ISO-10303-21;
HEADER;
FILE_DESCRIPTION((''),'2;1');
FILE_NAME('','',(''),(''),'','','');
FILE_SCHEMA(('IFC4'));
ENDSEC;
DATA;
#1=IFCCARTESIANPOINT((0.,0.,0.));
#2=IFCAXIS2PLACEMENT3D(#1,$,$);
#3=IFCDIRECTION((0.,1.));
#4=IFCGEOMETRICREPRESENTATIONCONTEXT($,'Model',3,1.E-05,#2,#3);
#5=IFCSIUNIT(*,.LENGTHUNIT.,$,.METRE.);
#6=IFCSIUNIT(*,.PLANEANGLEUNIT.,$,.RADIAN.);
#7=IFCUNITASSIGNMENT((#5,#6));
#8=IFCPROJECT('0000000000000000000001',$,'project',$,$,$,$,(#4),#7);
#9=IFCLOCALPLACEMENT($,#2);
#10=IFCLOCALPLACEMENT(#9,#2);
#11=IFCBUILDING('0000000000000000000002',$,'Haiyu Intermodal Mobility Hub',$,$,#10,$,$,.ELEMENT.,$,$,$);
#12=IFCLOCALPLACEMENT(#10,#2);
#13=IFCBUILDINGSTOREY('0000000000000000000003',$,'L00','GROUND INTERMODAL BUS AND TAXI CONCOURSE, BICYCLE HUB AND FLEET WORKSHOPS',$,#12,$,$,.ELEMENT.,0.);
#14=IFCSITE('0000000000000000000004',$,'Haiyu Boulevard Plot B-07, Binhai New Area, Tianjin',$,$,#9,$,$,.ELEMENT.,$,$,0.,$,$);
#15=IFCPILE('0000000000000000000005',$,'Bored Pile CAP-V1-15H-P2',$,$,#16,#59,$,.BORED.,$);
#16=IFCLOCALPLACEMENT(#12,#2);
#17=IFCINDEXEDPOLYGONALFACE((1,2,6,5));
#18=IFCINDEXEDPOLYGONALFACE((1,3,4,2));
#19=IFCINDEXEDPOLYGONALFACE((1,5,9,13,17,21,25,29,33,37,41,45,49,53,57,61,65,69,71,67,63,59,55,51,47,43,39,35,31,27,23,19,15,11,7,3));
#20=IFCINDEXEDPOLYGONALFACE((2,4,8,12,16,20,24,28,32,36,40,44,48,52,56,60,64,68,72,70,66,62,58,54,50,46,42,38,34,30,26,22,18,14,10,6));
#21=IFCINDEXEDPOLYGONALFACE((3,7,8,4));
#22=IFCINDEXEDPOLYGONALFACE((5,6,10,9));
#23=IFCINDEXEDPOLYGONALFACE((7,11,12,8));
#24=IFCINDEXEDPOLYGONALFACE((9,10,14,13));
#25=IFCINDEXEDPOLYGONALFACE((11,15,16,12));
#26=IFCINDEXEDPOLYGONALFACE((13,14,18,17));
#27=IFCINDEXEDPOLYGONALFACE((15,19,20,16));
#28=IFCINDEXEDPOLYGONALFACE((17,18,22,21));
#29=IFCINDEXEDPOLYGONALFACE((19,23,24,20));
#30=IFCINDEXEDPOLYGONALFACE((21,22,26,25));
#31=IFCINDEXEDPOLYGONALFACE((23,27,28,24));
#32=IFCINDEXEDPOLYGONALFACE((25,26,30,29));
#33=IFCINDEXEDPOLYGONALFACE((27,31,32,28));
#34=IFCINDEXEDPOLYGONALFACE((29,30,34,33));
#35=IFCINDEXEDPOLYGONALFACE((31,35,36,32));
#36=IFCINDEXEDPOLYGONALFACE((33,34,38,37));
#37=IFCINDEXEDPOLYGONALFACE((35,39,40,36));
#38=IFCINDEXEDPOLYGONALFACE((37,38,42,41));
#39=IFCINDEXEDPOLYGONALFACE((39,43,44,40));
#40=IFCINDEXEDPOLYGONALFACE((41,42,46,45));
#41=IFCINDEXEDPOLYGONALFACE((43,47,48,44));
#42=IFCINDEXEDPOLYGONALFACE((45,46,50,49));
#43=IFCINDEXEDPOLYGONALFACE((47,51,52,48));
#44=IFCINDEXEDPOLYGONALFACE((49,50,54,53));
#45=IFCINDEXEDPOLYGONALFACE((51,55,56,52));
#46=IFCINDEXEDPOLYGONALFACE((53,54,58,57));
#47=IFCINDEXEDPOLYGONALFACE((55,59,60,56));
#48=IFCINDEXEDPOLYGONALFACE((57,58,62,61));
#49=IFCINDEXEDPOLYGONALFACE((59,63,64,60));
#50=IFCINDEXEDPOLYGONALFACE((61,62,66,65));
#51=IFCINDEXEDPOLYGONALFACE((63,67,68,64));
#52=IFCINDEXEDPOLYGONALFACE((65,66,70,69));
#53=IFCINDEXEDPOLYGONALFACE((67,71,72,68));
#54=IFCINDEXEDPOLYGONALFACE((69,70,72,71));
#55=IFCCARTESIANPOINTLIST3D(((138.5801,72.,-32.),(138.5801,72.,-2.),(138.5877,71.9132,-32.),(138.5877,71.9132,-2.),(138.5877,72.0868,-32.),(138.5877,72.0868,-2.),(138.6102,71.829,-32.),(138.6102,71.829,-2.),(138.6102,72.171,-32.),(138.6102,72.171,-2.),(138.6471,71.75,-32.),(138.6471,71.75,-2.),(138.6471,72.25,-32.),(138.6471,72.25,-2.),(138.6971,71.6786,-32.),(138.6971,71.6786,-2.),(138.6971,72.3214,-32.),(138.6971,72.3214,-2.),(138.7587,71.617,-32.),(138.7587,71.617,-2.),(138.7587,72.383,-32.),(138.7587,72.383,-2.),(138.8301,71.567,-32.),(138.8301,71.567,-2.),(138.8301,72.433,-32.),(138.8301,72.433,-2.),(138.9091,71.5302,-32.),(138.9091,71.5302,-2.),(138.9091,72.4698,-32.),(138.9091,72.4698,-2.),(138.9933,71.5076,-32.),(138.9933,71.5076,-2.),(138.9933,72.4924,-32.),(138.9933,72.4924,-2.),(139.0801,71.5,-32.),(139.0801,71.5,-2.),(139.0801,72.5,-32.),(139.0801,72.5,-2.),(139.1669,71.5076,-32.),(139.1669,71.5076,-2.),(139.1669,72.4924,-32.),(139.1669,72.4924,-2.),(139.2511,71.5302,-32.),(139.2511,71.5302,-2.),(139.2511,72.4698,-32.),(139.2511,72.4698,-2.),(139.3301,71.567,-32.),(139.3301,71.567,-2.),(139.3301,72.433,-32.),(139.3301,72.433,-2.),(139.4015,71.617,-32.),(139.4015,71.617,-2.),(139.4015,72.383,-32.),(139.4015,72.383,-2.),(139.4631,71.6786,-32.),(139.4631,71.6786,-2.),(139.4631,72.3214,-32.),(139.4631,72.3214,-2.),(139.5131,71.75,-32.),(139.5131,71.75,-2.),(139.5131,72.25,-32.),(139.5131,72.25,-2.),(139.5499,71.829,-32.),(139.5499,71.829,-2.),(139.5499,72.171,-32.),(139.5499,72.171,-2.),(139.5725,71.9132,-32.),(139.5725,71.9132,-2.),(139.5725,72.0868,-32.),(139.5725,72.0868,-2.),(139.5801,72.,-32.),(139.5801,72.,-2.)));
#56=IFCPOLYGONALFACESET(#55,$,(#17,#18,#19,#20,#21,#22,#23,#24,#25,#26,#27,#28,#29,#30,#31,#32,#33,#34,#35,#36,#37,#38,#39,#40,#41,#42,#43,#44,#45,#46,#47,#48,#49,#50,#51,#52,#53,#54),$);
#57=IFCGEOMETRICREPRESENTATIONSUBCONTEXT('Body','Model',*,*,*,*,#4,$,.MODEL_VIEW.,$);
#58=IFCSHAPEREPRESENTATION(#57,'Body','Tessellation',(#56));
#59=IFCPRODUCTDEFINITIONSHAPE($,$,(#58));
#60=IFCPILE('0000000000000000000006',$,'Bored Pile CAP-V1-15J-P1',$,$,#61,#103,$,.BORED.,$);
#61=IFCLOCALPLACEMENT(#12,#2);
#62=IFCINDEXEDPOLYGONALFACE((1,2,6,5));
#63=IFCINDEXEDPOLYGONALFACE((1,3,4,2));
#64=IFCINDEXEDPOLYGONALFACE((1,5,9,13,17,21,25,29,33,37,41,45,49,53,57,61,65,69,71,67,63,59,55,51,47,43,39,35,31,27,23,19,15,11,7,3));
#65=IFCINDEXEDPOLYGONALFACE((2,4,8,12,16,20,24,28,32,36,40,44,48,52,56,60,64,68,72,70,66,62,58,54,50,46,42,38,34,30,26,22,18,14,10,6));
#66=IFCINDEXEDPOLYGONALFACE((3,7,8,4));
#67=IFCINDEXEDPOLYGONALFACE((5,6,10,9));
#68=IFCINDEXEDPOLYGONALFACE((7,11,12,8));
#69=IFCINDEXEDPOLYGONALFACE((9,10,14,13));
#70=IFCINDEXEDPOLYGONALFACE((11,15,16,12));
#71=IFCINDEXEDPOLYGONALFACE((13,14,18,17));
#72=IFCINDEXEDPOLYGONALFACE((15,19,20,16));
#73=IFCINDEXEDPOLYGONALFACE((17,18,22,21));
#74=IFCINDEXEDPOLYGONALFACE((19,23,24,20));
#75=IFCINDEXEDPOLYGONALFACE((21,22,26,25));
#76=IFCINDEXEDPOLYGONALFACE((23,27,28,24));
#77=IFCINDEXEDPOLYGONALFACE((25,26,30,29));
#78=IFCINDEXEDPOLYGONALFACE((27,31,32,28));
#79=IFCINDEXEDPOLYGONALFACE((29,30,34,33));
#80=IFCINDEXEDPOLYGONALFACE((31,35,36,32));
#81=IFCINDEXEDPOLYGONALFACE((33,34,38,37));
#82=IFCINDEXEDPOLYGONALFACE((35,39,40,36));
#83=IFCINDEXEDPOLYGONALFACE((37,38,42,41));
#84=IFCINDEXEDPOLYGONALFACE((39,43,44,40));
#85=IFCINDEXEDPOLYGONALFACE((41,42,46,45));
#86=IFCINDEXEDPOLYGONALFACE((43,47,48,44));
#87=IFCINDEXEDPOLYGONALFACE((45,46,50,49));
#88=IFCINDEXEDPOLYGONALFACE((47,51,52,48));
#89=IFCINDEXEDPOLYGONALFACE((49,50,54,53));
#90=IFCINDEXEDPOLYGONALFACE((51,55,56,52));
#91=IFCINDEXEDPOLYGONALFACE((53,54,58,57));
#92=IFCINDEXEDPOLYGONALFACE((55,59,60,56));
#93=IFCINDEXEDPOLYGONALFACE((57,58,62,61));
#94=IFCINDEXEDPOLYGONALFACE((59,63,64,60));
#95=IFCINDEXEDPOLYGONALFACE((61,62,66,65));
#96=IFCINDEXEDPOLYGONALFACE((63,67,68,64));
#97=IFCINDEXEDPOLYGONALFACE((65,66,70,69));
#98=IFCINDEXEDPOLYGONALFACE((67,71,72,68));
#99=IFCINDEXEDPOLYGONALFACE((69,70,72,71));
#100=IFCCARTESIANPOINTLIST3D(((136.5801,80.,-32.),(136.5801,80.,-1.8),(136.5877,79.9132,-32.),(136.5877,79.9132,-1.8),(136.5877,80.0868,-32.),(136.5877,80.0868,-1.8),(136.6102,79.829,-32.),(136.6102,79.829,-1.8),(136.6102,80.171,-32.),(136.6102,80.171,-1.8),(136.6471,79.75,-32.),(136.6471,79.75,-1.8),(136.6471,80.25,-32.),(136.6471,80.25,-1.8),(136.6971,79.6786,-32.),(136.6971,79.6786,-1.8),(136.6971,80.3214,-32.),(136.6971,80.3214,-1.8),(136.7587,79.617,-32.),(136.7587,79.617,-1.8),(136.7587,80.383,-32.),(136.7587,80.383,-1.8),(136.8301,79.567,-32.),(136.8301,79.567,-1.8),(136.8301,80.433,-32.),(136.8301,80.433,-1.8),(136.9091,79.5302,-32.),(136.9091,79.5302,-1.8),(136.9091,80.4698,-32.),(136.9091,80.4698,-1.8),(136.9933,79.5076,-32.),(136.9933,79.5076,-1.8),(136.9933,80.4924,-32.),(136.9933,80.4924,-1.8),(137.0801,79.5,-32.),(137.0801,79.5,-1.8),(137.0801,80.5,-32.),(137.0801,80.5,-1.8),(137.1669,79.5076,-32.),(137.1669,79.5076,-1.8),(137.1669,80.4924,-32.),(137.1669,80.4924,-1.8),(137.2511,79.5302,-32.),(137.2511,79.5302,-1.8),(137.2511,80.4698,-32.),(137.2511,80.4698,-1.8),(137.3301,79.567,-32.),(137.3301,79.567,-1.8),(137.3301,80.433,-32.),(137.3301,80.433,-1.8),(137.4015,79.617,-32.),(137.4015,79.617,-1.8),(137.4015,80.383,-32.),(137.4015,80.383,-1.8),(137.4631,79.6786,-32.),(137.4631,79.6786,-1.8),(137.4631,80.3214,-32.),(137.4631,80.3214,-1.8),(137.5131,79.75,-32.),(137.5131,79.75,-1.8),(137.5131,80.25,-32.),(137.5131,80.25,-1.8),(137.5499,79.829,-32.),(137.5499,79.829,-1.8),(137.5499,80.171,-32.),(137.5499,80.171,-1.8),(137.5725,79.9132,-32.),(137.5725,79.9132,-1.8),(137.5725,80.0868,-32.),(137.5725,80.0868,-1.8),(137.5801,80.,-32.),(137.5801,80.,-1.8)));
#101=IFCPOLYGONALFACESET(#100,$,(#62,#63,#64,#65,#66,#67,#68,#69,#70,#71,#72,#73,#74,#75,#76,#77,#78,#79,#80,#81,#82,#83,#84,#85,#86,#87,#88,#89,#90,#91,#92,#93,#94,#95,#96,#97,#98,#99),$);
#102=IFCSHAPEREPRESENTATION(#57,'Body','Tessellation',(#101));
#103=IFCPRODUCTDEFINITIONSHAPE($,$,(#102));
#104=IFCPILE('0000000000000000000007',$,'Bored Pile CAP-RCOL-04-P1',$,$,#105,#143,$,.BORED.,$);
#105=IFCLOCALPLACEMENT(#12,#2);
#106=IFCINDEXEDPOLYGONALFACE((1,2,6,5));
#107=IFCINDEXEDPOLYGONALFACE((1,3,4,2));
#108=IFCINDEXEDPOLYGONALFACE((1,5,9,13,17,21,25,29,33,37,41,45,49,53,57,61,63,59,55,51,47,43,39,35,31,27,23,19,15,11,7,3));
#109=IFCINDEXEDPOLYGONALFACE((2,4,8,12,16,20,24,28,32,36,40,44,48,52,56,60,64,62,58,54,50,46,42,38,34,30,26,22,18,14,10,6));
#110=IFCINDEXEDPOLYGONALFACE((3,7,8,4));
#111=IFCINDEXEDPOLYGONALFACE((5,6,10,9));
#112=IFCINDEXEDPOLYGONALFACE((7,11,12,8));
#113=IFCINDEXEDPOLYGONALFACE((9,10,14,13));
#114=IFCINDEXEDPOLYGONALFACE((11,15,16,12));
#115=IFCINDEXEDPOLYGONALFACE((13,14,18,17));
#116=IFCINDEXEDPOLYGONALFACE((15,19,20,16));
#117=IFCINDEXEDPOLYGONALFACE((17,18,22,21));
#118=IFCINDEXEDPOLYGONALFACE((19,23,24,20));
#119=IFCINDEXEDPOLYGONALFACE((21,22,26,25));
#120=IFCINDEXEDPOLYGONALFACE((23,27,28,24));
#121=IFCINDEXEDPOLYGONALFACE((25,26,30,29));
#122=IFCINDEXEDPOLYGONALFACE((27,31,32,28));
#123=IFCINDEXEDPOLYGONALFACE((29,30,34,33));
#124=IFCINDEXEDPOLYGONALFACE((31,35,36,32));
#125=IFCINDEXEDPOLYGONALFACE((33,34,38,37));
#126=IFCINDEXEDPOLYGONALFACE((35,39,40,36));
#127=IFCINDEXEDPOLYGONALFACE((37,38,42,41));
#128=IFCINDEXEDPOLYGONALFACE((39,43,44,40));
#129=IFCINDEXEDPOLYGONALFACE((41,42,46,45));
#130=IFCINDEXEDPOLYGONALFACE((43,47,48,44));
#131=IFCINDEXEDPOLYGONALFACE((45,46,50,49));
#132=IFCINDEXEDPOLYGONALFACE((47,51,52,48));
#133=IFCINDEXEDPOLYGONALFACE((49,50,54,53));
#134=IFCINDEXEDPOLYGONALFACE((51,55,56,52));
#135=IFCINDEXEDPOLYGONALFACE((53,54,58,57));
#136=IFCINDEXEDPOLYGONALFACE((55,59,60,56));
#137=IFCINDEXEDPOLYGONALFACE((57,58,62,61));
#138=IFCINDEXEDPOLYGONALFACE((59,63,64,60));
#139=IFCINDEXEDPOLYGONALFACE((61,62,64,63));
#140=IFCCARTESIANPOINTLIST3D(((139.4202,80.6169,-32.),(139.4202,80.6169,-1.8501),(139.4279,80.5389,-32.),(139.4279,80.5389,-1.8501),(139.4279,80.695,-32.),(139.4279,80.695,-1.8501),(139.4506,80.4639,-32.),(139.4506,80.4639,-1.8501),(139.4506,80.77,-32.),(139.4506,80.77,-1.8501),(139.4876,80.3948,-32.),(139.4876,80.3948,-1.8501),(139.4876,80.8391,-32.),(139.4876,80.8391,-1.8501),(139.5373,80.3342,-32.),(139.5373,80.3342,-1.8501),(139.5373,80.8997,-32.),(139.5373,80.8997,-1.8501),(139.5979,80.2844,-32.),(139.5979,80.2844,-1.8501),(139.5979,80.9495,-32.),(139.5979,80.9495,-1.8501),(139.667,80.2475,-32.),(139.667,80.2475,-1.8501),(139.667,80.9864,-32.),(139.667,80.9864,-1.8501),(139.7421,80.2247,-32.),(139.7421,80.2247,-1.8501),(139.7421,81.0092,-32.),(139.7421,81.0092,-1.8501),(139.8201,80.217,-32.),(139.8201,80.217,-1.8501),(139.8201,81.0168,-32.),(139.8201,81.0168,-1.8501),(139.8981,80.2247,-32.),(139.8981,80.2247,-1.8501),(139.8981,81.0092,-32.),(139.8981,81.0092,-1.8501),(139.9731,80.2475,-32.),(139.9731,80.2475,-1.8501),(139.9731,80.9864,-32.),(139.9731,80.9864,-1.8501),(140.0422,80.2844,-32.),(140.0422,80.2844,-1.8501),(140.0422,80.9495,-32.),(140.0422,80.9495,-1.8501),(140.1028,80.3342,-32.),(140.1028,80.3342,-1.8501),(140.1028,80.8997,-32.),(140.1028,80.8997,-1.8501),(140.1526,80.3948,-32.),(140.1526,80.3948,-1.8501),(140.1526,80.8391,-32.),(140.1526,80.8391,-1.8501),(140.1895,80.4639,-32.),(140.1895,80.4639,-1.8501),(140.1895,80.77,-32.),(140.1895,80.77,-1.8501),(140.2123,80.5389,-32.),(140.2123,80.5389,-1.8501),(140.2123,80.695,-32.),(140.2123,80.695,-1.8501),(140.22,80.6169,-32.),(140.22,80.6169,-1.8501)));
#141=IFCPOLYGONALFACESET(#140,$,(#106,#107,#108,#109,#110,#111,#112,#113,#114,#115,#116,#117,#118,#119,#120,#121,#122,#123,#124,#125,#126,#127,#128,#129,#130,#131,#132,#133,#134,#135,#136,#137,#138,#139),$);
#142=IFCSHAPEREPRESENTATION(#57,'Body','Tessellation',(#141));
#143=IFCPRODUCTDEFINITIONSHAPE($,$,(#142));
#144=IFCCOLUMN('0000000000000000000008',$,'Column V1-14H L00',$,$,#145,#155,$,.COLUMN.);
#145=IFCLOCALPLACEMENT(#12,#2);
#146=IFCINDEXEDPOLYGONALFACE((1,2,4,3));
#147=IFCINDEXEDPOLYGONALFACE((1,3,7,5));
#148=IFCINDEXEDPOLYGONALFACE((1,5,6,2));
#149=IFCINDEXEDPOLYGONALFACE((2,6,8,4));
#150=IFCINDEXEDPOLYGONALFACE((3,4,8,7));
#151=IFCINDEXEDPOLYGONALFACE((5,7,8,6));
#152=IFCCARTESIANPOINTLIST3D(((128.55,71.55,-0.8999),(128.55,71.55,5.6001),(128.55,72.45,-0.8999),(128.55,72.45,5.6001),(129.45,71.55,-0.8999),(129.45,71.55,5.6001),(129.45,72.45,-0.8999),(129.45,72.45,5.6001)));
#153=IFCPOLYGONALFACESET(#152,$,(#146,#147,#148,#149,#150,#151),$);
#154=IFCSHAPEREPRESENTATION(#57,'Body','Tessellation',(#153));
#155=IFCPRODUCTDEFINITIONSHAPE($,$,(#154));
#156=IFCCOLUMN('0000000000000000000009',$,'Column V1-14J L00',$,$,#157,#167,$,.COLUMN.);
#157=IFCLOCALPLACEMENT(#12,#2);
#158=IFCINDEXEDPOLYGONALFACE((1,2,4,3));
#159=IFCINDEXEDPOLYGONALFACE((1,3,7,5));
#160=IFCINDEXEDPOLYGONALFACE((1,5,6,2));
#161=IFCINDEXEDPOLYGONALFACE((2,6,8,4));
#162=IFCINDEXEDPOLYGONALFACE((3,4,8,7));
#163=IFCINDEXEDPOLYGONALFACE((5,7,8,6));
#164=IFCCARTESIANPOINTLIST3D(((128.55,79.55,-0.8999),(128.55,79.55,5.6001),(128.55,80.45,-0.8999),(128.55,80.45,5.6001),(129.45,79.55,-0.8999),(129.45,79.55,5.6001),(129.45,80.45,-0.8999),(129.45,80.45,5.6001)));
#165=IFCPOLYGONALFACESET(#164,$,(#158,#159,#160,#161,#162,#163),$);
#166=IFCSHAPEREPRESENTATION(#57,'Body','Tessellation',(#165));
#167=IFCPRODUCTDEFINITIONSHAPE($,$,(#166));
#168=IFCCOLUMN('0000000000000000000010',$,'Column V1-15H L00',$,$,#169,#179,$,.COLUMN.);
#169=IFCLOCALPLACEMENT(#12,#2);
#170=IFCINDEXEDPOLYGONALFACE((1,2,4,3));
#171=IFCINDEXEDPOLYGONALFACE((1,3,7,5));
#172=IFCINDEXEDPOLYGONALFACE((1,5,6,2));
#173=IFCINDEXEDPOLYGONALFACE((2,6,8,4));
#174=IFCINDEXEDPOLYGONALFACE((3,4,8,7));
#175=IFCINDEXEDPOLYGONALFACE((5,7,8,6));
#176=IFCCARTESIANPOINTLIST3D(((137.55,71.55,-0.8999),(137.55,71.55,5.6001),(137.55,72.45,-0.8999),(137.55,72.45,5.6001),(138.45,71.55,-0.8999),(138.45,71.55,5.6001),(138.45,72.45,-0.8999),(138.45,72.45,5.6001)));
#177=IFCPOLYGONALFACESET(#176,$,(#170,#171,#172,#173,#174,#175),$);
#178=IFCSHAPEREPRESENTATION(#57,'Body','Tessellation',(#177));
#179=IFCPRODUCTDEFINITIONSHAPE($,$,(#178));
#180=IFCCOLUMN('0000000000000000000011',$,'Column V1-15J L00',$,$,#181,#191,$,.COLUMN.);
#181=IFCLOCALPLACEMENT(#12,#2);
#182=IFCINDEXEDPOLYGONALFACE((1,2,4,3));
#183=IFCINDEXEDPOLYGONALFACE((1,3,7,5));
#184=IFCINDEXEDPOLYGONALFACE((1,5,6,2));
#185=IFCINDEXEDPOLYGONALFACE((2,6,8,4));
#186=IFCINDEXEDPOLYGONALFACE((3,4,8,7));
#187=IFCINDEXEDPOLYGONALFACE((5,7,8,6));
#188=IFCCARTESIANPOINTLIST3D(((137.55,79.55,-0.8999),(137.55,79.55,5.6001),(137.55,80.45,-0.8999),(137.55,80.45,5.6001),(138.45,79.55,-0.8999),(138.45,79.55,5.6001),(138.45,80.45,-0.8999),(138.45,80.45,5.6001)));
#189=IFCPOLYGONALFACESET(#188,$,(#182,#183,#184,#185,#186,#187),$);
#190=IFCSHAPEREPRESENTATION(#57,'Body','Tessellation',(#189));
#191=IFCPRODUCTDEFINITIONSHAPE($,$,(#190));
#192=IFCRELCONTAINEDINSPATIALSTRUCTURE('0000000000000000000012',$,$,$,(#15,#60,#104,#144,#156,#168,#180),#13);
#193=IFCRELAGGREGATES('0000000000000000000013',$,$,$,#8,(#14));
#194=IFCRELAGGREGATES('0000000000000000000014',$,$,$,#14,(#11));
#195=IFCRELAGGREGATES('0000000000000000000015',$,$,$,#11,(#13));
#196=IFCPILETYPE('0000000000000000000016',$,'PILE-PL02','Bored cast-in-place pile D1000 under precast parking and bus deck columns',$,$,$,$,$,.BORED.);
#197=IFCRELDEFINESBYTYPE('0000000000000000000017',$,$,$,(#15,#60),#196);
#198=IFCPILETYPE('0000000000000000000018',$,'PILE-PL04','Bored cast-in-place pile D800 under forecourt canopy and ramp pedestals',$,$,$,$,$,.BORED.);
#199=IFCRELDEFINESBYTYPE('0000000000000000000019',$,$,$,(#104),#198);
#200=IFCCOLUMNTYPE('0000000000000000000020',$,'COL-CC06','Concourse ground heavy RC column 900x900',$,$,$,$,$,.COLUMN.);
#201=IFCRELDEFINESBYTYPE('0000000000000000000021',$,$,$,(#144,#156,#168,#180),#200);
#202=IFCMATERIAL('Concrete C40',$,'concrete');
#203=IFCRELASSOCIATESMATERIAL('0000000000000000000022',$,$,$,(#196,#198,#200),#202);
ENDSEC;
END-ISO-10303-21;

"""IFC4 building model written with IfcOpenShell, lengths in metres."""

from ifc_helpers import new_model, si_unit, direction, frame, origin, origin_2d, place, context, subcontext, project, spatial, rectangle, circle, extrude, material, material_profile, profile_set, type_object, element, save


model = new_model("IFC4")

# Units and contexts
model_context = context("Model", 3, precision=1e-05, world=origin(), true_north=direction((0.0, 1.0)))
body_context = subcontext(model_context, "Body", "Model", "MODEL_VIEW")
ifc_project = project(units=[si_unit("LENGTHUNIT", "METRE"), si_unit("PLANEANGLEUNIT", "RADIAN")], contexts=[model_context])

# Site, building, storey
site_placement = place(None, origin())
site = spatial("IfcSite", under=ifc_project, at=site_placement, Name="Haiyu Boulevard Plot B-07, Binhai New Area, Tianjin", CompositionType="ELEMENT", RefElevation=0.0)
building_placement = place(site_placement, origin())
building = spatial("IfcBuilding", under=site, at=building_placement, Name="Haiyu Intermodal Mobility Hub", CompositionType="ELEMENT")
storey_placement = place(building_placement, origin())
storey = spatial("IfcBuildingStorey", under=building, at=storey_placement, Name="L00", Description="GROUND INTERMODAL BUS AND TAXI CONCOURSE, BICYCLE HUB AND FLEET WORKSHOPS", CompositionType="ELEMENT", Elevation=0.0)

# Shared definitions
ifc_material_1 = material(Name="Concrete C40", Category="concrete")

# Piles
ifc_material_profile_1 = material_profile(ifc_material_1, circle(Radius=0.5, at=origin_2d()), Name="PILE-D1000")
ifc_profile_set_1 = profile_set([ifc_material_profile_1], Name="Concrete C40")
pile_type_1 = type_object("IfcPileType", Name="PILE-PL02", Description="Bored cast-in-place pile D1000 under precast parking and bus deck columns", PredefinedType="BORED", material=ifc_profile_set_1)
for number, where, z_axis, x_axis, name in (
    (1, (139.0801, 72.0, -2.0), (0.0, 0.0, -1.0), (1.0, 0.0, 0.0), "Bored Pile CAP-V1-15H-P2"),
):
    element("IfcPile", number, at=place(storey_placement, frame(where, z_axis=z_axis, x_axis=x_axis)), inside=storey, type_object=pile_type_1, Name=name, PredefinedType="BORED", context=body_context, shape_type="SweptSolid", body=[
        extrude(circle(Radius=0.5, at=origin_2d()), origin(), (0.0, 0.0, 1.0), 30.0),
    ])
pile_1_placement = place(storey_placement, frame((137.0801, 80.0, -1.8), z_axis=(0.0, 0.0, -1.0), x_axis=(1.0, 0.0, 0.0)))
element("IfcPile", 2, at=pile_1_placement, inside=storey, type_object=pile_type_1, Name="Bored Pile CAP-V1-15J-P1", PredefinedType="BORED", context=body_context, shape_type="SweptSolid", body=[
    extrude(circle(Radius=0.5, at=origin_2d()), origin(), (0.0, 0.0, 1.0), 30.2),
])
ifc_material_profile_2 = material_profile(ifc_material_1, circle(Radius=0.3999, at=origin_2d()), Name="PILE-D800")
ifc_profile_set_2 = profile_set([ifc_material_profile_2], Name="Concrete C40")
pile_type_2 = type_object("IfcPileType", Name="PILE-PL04", Description="Bored cast-in-place pile D800 under forecourt canopy and ramp pedestals", PredefinedType="BORED", material=ifc_profile_set_2)
pile_2_placement = place(storey_placement, frame((139.8201, 80.6169, -1.8501), z_axis=(0.0, 0.0, -1.0), x_axis=(1.0, 0.0, 0.0)))
element("IfcPile", 3, at=pile_2_placement, inside=storey, type_object=pile_type_2, Name="Bored Pile CAP-RCOL-04-P1", PredefinedType="BORED", context=body_context, shape_type="SweptSolid", body=[
    extrude(circle(Radius=0.3999, at=origin_2d()), origin(), (0.0, 0.0, 1.0), 30.1499),
])

# Columns
ifc_material_profile_3 = material_profile(ifc_material_1, rectangle(XDim=0.8999, YDim=0.8999, at=origin_2d()), Name="RC900x900")
ifc_profile_set_3 = profile_set([ifc_material_profile_3], Name="Concrete C40")
column_type_1 = type_object("IfcColumnType", Name="COL-CC06", Description="Concourse ground heavy RC column 900x900", PredefinedType="COLUMN", material=ifc_profile_set_3)
for number, where, z_axis, x_axis, name in (
    (4, (129.0, 72.0, -0.8999), (0.0, 0.0, 1.0), (1.0, 0.0, 0.0), "Column V1-14H L00"),
    (5, (129.0, 80.0, -0.8999), (0.0, 0.0, 1.0), (1.0, 0.0, 0.0), "Column V1-14J L00"),
    (6, (138.0, 72.0, -0.8999), (0.0, 0.0, 1.0), (1.0, 0.0, 0.0), "Column V1-15H L00"),
    (7, (138.0, 80.0, -0.8999), (0.0, 0.0, 1.0), (1.0, 0.0, 0.0), "Column V1-15J L00"),
):
    element("IfcColumn", number, at=place(storey_placement, frame(where, z_axis=z_axis, x_axis=x_axis)), inside=storey, type_object=column_type_1, Name=name, PredefinedType="COLUMN", context=body_context, shape_type="SweptSolid", body=[
        extrude(rectangle(XDim=0.8999, YDim=0.8999, at=origin_2d()), origin(), (0.0, 0.0, 1.0), 6.5),
    ])

save(model, "model.ifc")
